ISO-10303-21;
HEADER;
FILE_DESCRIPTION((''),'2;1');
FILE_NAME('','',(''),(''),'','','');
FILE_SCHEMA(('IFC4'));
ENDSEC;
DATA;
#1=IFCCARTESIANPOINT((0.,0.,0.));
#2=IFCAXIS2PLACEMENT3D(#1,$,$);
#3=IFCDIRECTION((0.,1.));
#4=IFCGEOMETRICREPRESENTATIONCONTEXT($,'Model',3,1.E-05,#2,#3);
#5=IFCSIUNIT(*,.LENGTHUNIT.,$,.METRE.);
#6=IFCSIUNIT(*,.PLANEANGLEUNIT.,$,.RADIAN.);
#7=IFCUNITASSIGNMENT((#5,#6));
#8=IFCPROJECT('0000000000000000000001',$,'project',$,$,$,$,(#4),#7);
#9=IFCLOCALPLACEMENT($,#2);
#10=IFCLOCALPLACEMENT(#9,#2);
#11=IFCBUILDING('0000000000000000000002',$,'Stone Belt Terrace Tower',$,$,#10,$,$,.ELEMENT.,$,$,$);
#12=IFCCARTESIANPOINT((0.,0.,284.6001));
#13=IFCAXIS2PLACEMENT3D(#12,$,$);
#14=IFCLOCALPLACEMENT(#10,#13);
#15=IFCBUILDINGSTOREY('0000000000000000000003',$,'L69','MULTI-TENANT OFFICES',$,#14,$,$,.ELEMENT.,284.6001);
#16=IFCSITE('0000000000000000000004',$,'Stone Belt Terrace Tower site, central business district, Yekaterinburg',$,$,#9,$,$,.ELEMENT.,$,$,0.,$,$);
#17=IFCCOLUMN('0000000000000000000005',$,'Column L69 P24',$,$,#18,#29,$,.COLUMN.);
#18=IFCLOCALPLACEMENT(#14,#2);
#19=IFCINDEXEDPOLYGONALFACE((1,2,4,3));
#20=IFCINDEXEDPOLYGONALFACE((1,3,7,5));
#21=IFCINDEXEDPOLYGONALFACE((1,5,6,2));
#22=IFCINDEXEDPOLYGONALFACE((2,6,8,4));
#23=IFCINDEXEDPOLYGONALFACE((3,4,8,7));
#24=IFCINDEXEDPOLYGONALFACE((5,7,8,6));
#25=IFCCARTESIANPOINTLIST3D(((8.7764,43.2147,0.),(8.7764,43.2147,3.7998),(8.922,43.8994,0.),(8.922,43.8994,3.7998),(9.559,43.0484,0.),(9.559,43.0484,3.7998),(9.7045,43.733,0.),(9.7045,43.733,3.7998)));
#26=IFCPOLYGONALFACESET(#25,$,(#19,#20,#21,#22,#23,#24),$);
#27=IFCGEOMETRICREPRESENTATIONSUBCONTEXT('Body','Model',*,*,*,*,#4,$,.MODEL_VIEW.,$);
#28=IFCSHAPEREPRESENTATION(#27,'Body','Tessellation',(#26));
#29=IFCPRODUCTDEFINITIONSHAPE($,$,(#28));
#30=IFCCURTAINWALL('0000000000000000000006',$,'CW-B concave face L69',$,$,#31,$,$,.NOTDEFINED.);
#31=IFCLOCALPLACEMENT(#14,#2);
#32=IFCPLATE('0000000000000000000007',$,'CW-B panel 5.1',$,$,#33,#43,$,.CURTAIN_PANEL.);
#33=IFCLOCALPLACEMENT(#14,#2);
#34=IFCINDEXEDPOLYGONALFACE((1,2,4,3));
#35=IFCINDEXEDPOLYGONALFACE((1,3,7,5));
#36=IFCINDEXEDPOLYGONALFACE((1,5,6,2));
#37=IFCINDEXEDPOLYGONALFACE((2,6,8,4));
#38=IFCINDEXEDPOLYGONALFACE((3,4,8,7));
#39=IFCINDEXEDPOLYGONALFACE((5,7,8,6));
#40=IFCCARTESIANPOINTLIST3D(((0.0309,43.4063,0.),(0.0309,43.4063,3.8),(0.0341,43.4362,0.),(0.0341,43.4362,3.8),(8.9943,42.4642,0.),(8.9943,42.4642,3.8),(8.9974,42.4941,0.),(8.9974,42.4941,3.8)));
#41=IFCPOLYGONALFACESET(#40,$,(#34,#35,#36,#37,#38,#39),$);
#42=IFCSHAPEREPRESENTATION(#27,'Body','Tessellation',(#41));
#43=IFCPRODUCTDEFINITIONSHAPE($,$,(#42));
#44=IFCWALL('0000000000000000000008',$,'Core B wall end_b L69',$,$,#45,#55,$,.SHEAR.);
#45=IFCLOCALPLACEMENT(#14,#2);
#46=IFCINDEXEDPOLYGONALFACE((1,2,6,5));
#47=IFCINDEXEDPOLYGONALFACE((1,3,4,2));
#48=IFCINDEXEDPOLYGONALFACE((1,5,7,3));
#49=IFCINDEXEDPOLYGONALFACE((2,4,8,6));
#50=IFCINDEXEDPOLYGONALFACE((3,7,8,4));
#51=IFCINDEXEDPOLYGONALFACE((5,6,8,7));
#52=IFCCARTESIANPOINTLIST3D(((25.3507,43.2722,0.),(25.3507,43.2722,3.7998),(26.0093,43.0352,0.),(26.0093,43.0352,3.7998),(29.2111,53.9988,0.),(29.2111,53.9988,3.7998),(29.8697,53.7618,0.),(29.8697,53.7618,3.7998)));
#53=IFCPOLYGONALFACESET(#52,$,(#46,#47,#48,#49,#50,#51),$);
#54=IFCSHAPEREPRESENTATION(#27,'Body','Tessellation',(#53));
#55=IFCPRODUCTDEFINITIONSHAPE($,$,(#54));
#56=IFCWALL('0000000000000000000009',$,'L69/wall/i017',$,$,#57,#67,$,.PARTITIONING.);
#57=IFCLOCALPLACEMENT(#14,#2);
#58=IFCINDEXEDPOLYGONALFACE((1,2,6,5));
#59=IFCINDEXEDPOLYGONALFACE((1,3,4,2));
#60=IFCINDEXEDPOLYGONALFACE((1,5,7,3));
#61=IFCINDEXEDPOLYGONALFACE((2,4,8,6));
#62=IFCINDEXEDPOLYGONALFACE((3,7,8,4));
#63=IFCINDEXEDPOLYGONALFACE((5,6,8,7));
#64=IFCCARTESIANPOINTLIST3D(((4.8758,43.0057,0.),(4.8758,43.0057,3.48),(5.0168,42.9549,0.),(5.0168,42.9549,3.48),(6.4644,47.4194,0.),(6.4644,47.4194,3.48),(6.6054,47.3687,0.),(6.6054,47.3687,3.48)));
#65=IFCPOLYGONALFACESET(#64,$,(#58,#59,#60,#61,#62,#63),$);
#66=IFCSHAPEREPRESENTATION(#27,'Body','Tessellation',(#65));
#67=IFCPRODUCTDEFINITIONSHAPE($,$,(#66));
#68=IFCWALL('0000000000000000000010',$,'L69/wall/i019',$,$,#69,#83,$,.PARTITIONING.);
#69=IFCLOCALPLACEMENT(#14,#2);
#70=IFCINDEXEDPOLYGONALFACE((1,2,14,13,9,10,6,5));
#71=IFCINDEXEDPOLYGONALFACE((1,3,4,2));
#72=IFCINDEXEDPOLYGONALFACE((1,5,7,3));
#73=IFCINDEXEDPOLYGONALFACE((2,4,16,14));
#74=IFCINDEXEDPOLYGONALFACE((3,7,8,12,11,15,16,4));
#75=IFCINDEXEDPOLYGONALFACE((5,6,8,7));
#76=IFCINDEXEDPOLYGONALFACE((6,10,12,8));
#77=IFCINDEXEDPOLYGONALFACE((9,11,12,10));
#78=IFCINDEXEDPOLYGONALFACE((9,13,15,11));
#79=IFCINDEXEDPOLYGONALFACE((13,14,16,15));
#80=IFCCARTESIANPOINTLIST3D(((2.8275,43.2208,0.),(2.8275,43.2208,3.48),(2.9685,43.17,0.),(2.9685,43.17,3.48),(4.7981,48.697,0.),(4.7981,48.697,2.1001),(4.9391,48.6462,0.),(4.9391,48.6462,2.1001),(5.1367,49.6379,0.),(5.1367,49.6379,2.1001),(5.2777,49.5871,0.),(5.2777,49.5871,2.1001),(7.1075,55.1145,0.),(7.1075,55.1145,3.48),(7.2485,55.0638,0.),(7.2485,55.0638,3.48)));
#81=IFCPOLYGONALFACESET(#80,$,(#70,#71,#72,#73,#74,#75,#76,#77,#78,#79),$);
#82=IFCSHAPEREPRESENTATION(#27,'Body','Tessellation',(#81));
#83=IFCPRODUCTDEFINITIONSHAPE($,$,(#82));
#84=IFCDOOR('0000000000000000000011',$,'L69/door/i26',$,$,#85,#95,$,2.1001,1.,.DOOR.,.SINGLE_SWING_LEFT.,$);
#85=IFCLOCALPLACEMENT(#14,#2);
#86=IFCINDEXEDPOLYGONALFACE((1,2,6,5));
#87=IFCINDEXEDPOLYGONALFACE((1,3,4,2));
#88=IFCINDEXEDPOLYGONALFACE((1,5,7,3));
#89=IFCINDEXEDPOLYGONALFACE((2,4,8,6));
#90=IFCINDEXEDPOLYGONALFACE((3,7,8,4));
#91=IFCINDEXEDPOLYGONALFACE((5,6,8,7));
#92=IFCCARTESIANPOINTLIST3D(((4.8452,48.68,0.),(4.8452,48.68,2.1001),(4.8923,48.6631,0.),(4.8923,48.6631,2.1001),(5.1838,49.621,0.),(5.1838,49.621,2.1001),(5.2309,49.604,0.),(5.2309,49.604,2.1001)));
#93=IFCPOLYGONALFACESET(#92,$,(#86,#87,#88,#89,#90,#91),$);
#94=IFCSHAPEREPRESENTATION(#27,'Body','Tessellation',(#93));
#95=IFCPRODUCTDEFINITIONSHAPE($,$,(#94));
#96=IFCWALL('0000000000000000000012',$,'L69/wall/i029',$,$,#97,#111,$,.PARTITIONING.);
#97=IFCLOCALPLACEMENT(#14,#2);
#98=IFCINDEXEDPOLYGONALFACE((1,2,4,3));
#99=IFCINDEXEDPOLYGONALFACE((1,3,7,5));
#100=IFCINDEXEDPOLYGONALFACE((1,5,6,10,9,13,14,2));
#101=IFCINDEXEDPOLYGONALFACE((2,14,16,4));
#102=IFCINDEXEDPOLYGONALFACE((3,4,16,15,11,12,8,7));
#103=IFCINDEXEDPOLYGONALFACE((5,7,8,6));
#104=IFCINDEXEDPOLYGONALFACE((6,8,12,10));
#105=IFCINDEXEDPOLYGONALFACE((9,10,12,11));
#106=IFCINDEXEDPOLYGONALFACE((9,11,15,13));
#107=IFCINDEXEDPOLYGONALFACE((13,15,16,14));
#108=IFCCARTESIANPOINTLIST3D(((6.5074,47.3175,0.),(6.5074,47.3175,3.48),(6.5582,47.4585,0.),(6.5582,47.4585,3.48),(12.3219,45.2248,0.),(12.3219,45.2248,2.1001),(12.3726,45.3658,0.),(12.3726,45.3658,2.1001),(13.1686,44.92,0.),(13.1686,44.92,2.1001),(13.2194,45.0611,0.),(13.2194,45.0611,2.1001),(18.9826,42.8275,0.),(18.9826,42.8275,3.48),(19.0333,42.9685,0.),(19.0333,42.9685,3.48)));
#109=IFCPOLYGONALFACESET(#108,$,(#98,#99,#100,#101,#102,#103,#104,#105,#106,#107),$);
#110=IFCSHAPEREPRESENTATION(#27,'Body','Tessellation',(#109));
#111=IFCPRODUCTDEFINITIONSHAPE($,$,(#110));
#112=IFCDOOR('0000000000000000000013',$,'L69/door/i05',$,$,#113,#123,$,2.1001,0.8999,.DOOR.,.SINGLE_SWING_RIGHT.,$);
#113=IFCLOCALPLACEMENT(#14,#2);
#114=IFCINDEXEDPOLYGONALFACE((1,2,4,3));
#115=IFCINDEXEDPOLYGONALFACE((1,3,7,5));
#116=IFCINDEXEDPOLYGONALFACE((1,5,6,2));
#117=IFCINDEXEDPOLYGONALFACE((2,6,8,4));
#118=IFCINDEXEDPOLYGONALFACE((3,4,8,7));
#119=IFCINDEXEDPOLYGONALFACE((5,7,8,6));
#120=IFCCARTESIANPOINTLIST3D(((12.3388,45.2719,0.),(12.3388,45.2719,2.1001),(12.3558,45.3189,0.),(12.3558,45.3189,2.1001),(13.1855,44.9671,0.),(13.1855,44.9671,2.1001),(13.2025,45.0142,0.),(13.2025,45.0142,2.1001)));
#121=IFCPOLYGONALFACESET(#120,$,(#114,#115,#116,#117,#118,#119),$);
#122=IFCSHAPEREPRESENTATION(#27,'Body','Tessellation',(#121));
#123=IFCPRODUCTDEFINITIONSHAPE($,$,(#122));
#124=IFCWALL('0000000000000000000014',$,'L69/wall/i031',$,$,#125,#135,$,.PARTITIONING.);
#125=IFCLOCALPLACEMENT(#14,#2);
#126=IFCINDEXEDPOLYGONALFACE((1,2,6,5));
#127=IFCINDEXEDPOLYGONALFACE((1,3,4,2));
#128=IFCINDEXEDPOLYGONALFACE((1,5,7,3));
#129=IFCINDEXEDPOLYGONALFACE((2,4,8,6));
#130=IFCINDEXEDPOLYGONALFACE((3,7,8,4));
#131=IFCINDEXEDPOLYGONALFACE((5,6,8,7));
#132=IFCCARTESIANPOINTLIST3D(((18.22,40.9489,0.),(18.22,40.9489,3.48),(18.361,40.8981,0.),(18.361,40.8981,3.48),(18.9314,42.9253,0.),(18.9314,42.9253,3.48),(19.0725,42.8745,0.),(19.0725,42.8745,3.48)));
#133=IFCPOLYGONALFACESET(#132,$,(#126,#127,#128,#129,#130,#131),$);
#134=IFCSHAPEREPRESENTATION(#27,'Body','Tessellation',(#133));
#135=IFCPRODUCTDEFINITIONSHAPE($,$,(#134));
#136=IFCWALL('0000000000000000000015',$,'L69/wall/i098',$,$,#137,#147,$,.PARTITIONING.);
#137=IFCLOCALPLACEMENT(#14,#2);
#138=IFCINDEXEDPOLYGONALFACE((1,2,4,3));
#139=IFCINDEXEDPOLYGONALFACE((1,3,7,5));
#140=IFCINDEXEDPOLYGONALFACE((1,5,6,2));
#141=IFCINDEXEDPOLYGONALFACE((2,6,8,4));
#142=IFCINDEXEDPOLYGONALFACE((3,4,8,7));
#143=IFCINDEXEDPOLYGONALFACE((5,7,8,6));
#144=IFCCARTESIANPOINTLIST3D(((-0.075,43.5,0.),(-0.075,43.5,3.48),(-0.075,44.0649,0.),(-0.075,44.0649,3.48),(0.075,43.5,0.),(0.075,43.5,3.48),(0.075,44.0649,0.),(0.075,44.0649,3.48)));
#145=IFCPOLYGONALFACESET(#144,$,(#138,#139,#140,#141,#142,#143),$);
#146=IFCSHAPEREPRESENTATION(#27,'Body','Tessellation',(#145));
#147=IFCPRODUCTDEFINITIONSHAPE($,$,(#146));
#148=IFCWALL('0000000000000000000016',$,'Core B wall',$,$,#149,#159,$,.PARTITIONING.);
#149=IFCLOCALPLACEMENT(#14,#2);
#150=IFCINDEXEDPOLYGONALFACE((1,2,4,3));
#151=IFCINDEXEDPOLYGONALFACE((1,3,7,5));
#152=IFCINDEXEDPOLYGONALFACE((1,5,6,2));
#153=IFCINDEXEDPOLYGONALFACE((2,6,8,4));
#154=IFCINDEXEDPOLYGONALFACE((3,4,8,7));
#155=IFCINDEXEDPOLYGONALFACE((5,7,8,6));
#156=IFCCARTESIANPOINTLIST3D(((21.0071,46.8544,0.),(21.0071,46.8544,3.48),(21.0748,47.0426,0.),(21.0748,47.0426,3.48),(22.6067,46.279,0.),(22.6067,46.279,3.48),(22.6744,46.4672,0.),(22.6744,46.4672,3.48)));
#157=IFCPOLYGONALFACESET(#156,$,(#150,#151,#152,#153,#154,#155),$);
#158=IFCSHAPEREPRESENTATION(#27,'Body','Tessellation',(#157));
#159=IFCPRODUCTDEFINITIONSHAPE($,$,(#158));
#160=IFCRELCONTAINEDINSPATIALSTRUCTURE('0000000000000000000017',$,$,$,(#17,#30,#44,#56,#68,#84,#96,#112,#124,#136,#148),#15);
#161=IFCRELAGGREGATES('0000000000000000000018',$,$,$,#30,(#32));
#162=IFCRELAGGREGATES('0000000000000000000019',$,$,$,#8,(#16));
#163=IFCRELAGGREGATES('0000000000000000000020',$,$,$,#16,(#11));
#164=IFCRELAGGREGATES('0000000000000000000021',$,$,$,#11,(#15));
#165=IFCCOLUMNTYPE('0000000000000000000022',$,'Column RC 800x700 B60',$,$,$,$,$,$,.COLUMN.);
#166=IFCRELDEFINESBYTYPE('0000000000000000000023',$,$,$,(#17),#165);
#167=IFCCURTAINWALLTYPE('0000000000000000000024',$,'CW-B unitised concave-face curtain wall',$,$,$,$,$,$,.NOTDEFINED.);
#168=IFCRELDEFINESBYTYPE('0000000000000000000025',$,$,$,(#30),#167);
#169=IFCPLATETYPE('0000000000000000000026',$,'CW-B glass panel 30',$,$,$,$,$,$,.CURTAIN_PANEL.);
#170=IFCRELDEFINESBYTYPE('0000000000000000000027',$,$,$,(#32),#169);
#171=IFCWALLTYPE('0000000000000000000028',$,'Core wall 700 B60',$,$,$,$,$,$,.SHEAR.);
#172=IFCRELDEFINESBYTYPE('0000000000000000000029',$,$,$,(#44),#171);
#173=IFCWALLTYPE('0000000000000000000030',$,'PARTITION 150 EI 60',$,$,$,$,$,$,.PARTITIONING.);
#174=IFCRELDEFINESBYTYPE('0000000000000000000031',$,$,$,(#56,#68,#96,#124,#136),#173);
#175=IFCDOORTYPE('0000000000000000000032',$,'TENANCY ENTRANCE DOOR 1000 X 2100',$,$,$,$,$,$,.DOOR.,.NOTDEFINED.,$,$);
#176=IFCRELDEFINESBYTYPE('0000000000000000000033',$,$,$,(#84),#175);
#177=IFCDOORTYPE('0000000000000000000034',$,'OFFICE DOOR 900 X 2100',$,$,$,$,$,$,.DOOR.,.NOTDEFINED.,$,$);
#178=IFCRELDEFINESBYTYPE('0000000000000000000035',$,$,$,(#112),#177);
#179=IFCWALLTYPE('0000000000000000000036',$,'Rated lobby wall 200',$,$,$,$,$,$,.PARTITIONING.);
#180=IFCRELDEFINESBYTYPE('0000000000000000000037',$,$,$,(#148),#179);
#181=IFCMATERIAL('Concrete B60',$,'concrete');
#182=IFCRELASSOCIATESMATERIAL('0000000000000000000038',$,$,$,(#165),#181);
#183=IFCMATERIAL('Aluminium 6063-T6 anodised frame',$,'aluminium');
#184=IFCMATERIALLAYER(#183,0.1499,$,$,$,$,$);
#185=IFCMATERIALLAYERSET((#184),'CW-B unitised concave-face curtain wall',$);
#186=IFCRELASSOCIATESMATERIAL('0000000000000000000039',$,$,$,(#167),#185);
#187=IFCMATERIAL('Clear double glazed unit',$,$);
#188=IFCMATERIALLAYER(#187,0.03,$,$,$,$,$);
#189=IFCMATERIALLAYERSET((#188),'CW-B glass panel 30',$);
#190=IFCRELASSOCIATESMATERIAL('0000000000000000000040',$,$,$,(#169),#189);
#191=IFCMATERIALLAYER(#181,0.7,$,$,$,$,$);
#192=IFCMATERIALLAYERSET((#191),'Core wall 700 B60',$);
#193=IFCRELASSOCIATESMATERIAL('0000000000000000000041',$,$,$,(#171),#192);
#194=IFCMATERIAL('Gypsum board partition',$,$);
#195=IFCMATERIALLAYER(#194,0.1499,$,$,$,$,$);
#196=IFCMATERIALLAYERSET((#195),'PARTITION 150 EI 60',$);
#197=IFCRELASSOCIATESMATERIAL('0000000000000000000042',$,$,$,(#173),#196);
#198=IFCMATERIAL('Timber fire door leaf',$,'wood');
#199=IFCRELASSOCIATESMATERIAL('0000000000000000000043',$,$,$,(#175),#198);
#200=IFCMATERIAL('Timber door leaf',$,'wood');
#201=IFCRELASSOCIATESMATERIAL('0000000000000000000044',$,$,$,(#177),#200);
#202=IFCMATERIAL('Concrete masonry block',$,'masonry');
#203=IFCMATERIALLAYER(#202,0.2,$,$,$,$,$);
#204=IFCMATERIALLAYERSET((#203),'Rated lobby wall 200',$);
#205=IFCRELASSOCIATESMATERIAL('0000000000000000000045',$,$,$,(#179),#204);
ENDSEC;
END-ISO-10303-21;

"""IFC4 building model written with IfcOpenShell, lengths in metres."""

from ifc_helpers import new_model, si_unit, direction, frame, frame_2d, origin, origin_2d, place, context, subcontext, project, spatial, rectangle, extrude, material, layer, layer_set, material_profile, profile_set, type_object, element, fill, aggregate, save


model = new_model("IFC4")

# Units and contexts
model_context = context("Model", 3, precision=1e-05, world=origin(), true_north=direction((0.0, 1.0)))
body_context = subcontext(model_context, "Body", "Model", "MODEL_VIEW")
ifc_project = project(units=[si_unit("LENGTHUNIT", "METRE"), si_unit("PLANEANGLEUNIT", "RADIAN")], contexts=[model_context])

# Site, building, storey
site_placement = place(None, origin())
site = spatial("IfcSite", under=ifc_project, at=site_placement, Name="Stone Belt Terrace Tower site, central business district, Yekaterinburg", CompositionType="ELEMENT", RefElevation=0.0)
building_placement = place(site_placement, origin())
building = spatial("IfcBuilding", under=site, at=building_placement, Name="Stone Belt Terrace Tower", CompositionType="ELEMENT")
storey_placement = place(building_placement, frame((0.0, 0.0, 284.6001)))
storey = spatial("IfcBuildingStorey", under=building, at=storey_placement, Name="L69", Description="MULTI-TENANT OFFICES", CompositionType="ELEMENT", Elevation=284.6001)

# Column
ifc_material_1 = material(Name="Concrete B60", Category="concrete")
ifc_material_profile = material_profile(ifc_material_1, rectangle(XDim=0.8, YDim=0.7, at=origin_2d()), Name="RC 800x700")
ifc_profile_set = profile_set([ifc_material_profile], Name="Concrete B60")
column_type = type_object("IfcColumnType", Name="Column RC 800x700 B60", PredefinedType="COLUMN", material=ifc_profile_set)
column_placement = place(storey_placement, frame((9.2405, 43.4739, 0.0), z_axis=(0.0, 0.0, 1.0), x_axis=(0.978148, -0.207912, 0.0)))
element("IfcColumn", 1, at=column_placement, inside=storey, type_object=column_type, Name="Column L69 P24", PredefinedType="COLUMN", context=body_context, shape_type="SweptSolid", body=[
    extrude(rectangle(XDim=0.8, YDim=0.7, at=origin_2d()), origin(), (0.0, 0.0, 1.0), 3.7998),
])

# Curtain wall, plate
ifc_material_2 = material(Name="Aluminium 6063-T6 anodised frame", Category="aluminium")
ifc_layer_1 = layer(ifc_material_2, 0.1499)
ifc_layer_set_1 = layer_set([ifc_layer_1], Name="CW-B unitised concave-face curtain wall")
curtain_wall_type = type_object("IfcCurtainWallType", Name="CW-B unitised concave-face curtain wall", PredefinedType="NOTDEFINED", material=ifc_layer_set_1)
curtain_wall_placement = place(storey_placement, origin())
curtain_wall = element("IfcCurtainWall", 2, at=curtain_wall_placement, inside=storey, type_object=curtain_wall_type, Name="CW-B concave face L69", PredefinedType="NOTDEFINED")
ifc_material_3 = material(Name="Clear double glazed unit")
ifc_layer_2 = layer(ifc_material_3, 0.03)
ifc_layer_set_2 = layer_set([ifc_layer_2], Name="CW-B glass panel 30")
plate_type = type_object("IfcPlateType", Name="CW-B glass panel 30", PredefinedType="CURTAIN_PANEL", material=ifc_layer_set_2)
plate_placement = place(storey_placement, frame((4.5142, 42.9502, 0.0), z_axis=(0.0, 0.0, 1.0), x_axis=(0.994522, -0.104528, 0.0)))
plate = element("IfcPlate", 3, at=plate_placement, type_object=plate_type, Name="CW-B panel 5.1", PredefinedType="CURTAIN_PANEL", context=body_context, shape_type="SweptSolid", body=[
    extrude(rectangle(XDim=9.0127, YDim=0.03, at=origin_2d()), origin(), (0.0, 0.0, 1.0), 3.8),
])
aggregate(curtain_wall, [plate])

# Walls
ifc_layer_3 = layer(ifc_material_1, 0.7)
ifc_layer_set_3 = layer_set([ifc_layer_3], Name="Core wall 700 B60")
wall_type_1 = type_object("IfcWallType", Name="Core wall 700 B60", PredefinedType="SHEAR", material=ifc_layer_set_3)
wall_1_placement = place(storey_placement, frame((25.6799, 43.1536, 0.0), z_axis=(0.0, 0.0, 1.0), x_axis=(0.338625, 0.940921, 0.0)))
element("IfcWall", 4, at=wall_1_placement, inside=storey, type_object=wall_type_1, Name="Core B wall end_b L69", PredefinedType="SHEAR", context=body_context, shape_type="SweptSolid", body=[
    extrude(rectangle(XDim=11.4001, YDim=0.7, at=frame_2d((5.7002, 0.0))), origin(), (0.0, 0.0, 1.0), 3.7998),
])
ifc_material_4 = material(Name="Gypsum board partition")
ifc_layer_4 = layer(ifc_material_4, 0.1499)
ifc_layer_set_4 = layer_set([ifc_layer_4], Name="PARTITION 150 EI 60")
wall_type_2 = type_object("IfcWallType", Name="PARTITION 150 EI 60", PredefinedType="PARTITIONING", material=ifc_layer_set_4)
wall_2_placement = place(storey_placement, frame((6.5349, 47.394, 0.0), z_axis=(0.0, 0.0, 1.0), x_axis=(-0.338653, -0.940911, 0.0)))
element("IfcWall", 5, at=wall_2_placement, inside=storey, type_object=wall_type_2, Name="L69/wall/i017", PredefinedType="PARTITIONING", context=body_context, shape_type="SweptSolid", body=[
    extrude(rectangle(XDim=4.6909, YDim=0.1499, at=frame_2d((2.3455, 0.0))), origin(), (0.0, 0.0, 1.0), 3.48),
])

# Walls, openings, doors
wall_3_placement = place(storey_placement, frame((2.8979, 43.1953, 0.0), z_axis=(0.0, 0.0, 1.0), x_axis=(0.338598, 0.940931, 0.0)))
wall_3 = element("IfcWall", 6, at=wall_3_placement, inside=storey, type_object=wall_type_2, Name="L69/wall/i019", PredefinedType="PARTITIONING", context=body_context, shape_type="SweptSolid", body=[
    extrude(rectangle(XDim=12.6404, YDim=0.1499, at=frame_2d((6.3203, 0.0))), origin(), (0.0, 0.0, 1.0), 3.48),
])
opening_1_placement = place(wall_3_placement, frame((5.8201, 0.0, 0.0)))
opening_1 = element("IfcOpeningElement", 7, at=opening_1_placement, cuts=wall_3, PredefinedType="OPENING", context=body_context, shape_type="SweptSolid", body=[
    extrude(rectangle(XDim=1.0, YDim=2.1001, at=frame_2d((0.5, 1.05))), frame((0.0, 0.085, 0.0), z_axis=(0.0, -1.0, 0.0), x_axis=(1.0, 0.0, 0.0)), (0.0, 0.0, 1.0), 0.1699),
])
ifc_material_5 = material(Name="Timber fire door leaf", Category="wood")
door_type_1 = type_object("IfcDoorType", Name="TENANCY ENTRANCE DOOR 1000 X 2100", OperationType="NOTDEFINED", PredefinedType="DOOR", material=ifc_material_5)
door_1_placement = place(opening_1_placement, origin())
door_1 = element("IfcDoor", 8, at=door_1_placement, inside=storey, type_object=door_type_1, Name="L69/door/i26", OperationType="SINGLE_SWING_LEFT", OverallHeight=2.1001, OverallWidth=1.0, PredefinedType="DOOR", context=body_context, shape_type="SweptSolid", body=[
    extrude(rectangle(XDim=1.0, YDim=2.1001, at=frame_2d((0.5, 1.05))), frame((0.0, 0.0249, 0.0), z_axis=(0.0, -1.0, 0.0), x_axis=(1.0, 0.0, 0.0)), (0.0, 0.0, 1.0), 0.05),
])
fill(opening_1, door_1)
wall_4_placement = place(storey_placement, frame((19.0081, 42.8979, 0.0), z_axis=(0.0, 0.0, 1.0), x_axis=(-0.940913, 0.33865, 0.0)))
wall_4 = element("IfcWall", 9, at=wall_4_placement, inside=storey, type_object=wall_type_2, Name="L69/wall/i029", PredefinedType="PARTITIONING", context=body_context, shape_type="SweptSolid", body=[
    extrude(rectangle(XDim=13.2585, YDim=0.1499, at=frame_2d((6.6294, 0.0))), origin(), (0.0, 0.0, 1.0), 3.48),
])
opening_2_placement = place(wall_4_placement, frame((6.1792, 0.0, 0.0)))
opening_2 = element("IfcOpeningElement", 10, at=opening_2_placement, cuts=wall_4, PredefinedType="OPENING", context=body_context, shape_type="SweptSolid", body=[
    extrude(rectangle(XDim=0.8999, YDim=2.1001, at=frame_2d((0.45, 1.05))), frame((0.0, 0.085, 0.0), z_axis=(0.0, -1.0, 0.0), x_axis=(1.0, 0.0, 0.0)), (0.0, 0.0, 1.0), 0.1699),
])
ifc_material_6 = material(Name="Timber door leaf", Category="wood")
door_type_2 = type_object("IfcDoorType", Name="OFFICE DOOR 900 X 2100", OperationType="NOTDEFINED", PredefinedType="DOOR", material=ifc_material_6)
door_2_placement = place(opening_2_placement, origin())
door_2 = element("IfcDoor", 11, at=door_2_placement, inside=storey, type_object=door_type_2, Name="L69/door/i05", OperationType="SINGLE_SWING_RIGHT", OverallHeight=2.1001, OverallWidth=0.8999, PredefinedType="DOOR", context=body_context, shape_type="SweptSolid", body=[
    extrude(rectangle(XDim=0.8999, YDim=2.1001, at=frame_2d((0.45, 1.05))), frame((0.0, 0.0249, 0.0), z_axis=(0.0, -1.0, 0.0), x_axis=(1.0, 0.0, 0.0)), (0.0, 0.0, 1.0), 0.05),
])
fill(opening_2, door_2)

# Walls
wall_5_placement = place(storey_placement, frame((19.002, 42.8999, 0.0), z_axis=(0.0, 0.0, 1.0), x_axis=(-0.338699, -0.940895, 0.0)))
element("IfcWall", 12, at=wall_5_placement, inside=storey, type_object=wall_type_2, Name="L69/wall/i031", PredefinedType="PARTITIONING", context=body_context, shape_type="SweptSolid", body=[
    extrude(rectangle(XDim=2.1006, YDim=0.1499, at=frame_2d((1.0503, 0.0))), origin(), (0.0, 0.0, 1.0), 3.48),
])
wall_6_placement = place(storey_placement, frame((0.0, 44.0649, 0.0), z_axis=(0.0, 0.0, 1.0), x_axis=(0.0, -1.0, 0.0)))
element("IfcWall", 13, at=wall_6_placement, inside=storey, type_object=wall_type_2, Name="L69/wall/i098", PredefinedType="PARTITIONING", context=body_context, shape_type="SweptSolid", body=[
    extrude(rectangle(XDim=0.5649, YDim=0.1499, at=frame_2d((0.2825, 0.0))), origin(), (0.0, 0.0, 1.0), 3.48),
])
ifc_material_7 = material(Name="Concrete masonry block", Category="masonry")
ifc_layer_5 = layer(ifc_material_7, 0.2)
ifc_layer_set_5 = layer_set([ifc_layer_5], Name="Rated lobby wall 200")
wall_type_3 = type_object("IfcWallType", Name="Rated lobby wall 200", PredefinedType="PARTITIONING", material=ifc_layer_set_5)
wall_7_placement = place(storey_placement, frame((22.6406, 46.373, 0.0), z_axis=(0.0, 0.0, 1.0), x_axis=(-0.940966, 0.338501, 0.0)))
element("IfcWall", 14, at=wall_7_placement, inside=storey, type_object=wall_type_3, Name="Core B wall", PredefinedType="PARTITIONING", context=body_context, shape_type="SweptSolid", body=[
    extrude(rectangle(XDim=1.7, YDim=0.2, at=frame_2d((0.8501, 0.0))), origin(), (0.0, 0.0, 1.0), 3.48),
])

save(model, "model.ifc")
